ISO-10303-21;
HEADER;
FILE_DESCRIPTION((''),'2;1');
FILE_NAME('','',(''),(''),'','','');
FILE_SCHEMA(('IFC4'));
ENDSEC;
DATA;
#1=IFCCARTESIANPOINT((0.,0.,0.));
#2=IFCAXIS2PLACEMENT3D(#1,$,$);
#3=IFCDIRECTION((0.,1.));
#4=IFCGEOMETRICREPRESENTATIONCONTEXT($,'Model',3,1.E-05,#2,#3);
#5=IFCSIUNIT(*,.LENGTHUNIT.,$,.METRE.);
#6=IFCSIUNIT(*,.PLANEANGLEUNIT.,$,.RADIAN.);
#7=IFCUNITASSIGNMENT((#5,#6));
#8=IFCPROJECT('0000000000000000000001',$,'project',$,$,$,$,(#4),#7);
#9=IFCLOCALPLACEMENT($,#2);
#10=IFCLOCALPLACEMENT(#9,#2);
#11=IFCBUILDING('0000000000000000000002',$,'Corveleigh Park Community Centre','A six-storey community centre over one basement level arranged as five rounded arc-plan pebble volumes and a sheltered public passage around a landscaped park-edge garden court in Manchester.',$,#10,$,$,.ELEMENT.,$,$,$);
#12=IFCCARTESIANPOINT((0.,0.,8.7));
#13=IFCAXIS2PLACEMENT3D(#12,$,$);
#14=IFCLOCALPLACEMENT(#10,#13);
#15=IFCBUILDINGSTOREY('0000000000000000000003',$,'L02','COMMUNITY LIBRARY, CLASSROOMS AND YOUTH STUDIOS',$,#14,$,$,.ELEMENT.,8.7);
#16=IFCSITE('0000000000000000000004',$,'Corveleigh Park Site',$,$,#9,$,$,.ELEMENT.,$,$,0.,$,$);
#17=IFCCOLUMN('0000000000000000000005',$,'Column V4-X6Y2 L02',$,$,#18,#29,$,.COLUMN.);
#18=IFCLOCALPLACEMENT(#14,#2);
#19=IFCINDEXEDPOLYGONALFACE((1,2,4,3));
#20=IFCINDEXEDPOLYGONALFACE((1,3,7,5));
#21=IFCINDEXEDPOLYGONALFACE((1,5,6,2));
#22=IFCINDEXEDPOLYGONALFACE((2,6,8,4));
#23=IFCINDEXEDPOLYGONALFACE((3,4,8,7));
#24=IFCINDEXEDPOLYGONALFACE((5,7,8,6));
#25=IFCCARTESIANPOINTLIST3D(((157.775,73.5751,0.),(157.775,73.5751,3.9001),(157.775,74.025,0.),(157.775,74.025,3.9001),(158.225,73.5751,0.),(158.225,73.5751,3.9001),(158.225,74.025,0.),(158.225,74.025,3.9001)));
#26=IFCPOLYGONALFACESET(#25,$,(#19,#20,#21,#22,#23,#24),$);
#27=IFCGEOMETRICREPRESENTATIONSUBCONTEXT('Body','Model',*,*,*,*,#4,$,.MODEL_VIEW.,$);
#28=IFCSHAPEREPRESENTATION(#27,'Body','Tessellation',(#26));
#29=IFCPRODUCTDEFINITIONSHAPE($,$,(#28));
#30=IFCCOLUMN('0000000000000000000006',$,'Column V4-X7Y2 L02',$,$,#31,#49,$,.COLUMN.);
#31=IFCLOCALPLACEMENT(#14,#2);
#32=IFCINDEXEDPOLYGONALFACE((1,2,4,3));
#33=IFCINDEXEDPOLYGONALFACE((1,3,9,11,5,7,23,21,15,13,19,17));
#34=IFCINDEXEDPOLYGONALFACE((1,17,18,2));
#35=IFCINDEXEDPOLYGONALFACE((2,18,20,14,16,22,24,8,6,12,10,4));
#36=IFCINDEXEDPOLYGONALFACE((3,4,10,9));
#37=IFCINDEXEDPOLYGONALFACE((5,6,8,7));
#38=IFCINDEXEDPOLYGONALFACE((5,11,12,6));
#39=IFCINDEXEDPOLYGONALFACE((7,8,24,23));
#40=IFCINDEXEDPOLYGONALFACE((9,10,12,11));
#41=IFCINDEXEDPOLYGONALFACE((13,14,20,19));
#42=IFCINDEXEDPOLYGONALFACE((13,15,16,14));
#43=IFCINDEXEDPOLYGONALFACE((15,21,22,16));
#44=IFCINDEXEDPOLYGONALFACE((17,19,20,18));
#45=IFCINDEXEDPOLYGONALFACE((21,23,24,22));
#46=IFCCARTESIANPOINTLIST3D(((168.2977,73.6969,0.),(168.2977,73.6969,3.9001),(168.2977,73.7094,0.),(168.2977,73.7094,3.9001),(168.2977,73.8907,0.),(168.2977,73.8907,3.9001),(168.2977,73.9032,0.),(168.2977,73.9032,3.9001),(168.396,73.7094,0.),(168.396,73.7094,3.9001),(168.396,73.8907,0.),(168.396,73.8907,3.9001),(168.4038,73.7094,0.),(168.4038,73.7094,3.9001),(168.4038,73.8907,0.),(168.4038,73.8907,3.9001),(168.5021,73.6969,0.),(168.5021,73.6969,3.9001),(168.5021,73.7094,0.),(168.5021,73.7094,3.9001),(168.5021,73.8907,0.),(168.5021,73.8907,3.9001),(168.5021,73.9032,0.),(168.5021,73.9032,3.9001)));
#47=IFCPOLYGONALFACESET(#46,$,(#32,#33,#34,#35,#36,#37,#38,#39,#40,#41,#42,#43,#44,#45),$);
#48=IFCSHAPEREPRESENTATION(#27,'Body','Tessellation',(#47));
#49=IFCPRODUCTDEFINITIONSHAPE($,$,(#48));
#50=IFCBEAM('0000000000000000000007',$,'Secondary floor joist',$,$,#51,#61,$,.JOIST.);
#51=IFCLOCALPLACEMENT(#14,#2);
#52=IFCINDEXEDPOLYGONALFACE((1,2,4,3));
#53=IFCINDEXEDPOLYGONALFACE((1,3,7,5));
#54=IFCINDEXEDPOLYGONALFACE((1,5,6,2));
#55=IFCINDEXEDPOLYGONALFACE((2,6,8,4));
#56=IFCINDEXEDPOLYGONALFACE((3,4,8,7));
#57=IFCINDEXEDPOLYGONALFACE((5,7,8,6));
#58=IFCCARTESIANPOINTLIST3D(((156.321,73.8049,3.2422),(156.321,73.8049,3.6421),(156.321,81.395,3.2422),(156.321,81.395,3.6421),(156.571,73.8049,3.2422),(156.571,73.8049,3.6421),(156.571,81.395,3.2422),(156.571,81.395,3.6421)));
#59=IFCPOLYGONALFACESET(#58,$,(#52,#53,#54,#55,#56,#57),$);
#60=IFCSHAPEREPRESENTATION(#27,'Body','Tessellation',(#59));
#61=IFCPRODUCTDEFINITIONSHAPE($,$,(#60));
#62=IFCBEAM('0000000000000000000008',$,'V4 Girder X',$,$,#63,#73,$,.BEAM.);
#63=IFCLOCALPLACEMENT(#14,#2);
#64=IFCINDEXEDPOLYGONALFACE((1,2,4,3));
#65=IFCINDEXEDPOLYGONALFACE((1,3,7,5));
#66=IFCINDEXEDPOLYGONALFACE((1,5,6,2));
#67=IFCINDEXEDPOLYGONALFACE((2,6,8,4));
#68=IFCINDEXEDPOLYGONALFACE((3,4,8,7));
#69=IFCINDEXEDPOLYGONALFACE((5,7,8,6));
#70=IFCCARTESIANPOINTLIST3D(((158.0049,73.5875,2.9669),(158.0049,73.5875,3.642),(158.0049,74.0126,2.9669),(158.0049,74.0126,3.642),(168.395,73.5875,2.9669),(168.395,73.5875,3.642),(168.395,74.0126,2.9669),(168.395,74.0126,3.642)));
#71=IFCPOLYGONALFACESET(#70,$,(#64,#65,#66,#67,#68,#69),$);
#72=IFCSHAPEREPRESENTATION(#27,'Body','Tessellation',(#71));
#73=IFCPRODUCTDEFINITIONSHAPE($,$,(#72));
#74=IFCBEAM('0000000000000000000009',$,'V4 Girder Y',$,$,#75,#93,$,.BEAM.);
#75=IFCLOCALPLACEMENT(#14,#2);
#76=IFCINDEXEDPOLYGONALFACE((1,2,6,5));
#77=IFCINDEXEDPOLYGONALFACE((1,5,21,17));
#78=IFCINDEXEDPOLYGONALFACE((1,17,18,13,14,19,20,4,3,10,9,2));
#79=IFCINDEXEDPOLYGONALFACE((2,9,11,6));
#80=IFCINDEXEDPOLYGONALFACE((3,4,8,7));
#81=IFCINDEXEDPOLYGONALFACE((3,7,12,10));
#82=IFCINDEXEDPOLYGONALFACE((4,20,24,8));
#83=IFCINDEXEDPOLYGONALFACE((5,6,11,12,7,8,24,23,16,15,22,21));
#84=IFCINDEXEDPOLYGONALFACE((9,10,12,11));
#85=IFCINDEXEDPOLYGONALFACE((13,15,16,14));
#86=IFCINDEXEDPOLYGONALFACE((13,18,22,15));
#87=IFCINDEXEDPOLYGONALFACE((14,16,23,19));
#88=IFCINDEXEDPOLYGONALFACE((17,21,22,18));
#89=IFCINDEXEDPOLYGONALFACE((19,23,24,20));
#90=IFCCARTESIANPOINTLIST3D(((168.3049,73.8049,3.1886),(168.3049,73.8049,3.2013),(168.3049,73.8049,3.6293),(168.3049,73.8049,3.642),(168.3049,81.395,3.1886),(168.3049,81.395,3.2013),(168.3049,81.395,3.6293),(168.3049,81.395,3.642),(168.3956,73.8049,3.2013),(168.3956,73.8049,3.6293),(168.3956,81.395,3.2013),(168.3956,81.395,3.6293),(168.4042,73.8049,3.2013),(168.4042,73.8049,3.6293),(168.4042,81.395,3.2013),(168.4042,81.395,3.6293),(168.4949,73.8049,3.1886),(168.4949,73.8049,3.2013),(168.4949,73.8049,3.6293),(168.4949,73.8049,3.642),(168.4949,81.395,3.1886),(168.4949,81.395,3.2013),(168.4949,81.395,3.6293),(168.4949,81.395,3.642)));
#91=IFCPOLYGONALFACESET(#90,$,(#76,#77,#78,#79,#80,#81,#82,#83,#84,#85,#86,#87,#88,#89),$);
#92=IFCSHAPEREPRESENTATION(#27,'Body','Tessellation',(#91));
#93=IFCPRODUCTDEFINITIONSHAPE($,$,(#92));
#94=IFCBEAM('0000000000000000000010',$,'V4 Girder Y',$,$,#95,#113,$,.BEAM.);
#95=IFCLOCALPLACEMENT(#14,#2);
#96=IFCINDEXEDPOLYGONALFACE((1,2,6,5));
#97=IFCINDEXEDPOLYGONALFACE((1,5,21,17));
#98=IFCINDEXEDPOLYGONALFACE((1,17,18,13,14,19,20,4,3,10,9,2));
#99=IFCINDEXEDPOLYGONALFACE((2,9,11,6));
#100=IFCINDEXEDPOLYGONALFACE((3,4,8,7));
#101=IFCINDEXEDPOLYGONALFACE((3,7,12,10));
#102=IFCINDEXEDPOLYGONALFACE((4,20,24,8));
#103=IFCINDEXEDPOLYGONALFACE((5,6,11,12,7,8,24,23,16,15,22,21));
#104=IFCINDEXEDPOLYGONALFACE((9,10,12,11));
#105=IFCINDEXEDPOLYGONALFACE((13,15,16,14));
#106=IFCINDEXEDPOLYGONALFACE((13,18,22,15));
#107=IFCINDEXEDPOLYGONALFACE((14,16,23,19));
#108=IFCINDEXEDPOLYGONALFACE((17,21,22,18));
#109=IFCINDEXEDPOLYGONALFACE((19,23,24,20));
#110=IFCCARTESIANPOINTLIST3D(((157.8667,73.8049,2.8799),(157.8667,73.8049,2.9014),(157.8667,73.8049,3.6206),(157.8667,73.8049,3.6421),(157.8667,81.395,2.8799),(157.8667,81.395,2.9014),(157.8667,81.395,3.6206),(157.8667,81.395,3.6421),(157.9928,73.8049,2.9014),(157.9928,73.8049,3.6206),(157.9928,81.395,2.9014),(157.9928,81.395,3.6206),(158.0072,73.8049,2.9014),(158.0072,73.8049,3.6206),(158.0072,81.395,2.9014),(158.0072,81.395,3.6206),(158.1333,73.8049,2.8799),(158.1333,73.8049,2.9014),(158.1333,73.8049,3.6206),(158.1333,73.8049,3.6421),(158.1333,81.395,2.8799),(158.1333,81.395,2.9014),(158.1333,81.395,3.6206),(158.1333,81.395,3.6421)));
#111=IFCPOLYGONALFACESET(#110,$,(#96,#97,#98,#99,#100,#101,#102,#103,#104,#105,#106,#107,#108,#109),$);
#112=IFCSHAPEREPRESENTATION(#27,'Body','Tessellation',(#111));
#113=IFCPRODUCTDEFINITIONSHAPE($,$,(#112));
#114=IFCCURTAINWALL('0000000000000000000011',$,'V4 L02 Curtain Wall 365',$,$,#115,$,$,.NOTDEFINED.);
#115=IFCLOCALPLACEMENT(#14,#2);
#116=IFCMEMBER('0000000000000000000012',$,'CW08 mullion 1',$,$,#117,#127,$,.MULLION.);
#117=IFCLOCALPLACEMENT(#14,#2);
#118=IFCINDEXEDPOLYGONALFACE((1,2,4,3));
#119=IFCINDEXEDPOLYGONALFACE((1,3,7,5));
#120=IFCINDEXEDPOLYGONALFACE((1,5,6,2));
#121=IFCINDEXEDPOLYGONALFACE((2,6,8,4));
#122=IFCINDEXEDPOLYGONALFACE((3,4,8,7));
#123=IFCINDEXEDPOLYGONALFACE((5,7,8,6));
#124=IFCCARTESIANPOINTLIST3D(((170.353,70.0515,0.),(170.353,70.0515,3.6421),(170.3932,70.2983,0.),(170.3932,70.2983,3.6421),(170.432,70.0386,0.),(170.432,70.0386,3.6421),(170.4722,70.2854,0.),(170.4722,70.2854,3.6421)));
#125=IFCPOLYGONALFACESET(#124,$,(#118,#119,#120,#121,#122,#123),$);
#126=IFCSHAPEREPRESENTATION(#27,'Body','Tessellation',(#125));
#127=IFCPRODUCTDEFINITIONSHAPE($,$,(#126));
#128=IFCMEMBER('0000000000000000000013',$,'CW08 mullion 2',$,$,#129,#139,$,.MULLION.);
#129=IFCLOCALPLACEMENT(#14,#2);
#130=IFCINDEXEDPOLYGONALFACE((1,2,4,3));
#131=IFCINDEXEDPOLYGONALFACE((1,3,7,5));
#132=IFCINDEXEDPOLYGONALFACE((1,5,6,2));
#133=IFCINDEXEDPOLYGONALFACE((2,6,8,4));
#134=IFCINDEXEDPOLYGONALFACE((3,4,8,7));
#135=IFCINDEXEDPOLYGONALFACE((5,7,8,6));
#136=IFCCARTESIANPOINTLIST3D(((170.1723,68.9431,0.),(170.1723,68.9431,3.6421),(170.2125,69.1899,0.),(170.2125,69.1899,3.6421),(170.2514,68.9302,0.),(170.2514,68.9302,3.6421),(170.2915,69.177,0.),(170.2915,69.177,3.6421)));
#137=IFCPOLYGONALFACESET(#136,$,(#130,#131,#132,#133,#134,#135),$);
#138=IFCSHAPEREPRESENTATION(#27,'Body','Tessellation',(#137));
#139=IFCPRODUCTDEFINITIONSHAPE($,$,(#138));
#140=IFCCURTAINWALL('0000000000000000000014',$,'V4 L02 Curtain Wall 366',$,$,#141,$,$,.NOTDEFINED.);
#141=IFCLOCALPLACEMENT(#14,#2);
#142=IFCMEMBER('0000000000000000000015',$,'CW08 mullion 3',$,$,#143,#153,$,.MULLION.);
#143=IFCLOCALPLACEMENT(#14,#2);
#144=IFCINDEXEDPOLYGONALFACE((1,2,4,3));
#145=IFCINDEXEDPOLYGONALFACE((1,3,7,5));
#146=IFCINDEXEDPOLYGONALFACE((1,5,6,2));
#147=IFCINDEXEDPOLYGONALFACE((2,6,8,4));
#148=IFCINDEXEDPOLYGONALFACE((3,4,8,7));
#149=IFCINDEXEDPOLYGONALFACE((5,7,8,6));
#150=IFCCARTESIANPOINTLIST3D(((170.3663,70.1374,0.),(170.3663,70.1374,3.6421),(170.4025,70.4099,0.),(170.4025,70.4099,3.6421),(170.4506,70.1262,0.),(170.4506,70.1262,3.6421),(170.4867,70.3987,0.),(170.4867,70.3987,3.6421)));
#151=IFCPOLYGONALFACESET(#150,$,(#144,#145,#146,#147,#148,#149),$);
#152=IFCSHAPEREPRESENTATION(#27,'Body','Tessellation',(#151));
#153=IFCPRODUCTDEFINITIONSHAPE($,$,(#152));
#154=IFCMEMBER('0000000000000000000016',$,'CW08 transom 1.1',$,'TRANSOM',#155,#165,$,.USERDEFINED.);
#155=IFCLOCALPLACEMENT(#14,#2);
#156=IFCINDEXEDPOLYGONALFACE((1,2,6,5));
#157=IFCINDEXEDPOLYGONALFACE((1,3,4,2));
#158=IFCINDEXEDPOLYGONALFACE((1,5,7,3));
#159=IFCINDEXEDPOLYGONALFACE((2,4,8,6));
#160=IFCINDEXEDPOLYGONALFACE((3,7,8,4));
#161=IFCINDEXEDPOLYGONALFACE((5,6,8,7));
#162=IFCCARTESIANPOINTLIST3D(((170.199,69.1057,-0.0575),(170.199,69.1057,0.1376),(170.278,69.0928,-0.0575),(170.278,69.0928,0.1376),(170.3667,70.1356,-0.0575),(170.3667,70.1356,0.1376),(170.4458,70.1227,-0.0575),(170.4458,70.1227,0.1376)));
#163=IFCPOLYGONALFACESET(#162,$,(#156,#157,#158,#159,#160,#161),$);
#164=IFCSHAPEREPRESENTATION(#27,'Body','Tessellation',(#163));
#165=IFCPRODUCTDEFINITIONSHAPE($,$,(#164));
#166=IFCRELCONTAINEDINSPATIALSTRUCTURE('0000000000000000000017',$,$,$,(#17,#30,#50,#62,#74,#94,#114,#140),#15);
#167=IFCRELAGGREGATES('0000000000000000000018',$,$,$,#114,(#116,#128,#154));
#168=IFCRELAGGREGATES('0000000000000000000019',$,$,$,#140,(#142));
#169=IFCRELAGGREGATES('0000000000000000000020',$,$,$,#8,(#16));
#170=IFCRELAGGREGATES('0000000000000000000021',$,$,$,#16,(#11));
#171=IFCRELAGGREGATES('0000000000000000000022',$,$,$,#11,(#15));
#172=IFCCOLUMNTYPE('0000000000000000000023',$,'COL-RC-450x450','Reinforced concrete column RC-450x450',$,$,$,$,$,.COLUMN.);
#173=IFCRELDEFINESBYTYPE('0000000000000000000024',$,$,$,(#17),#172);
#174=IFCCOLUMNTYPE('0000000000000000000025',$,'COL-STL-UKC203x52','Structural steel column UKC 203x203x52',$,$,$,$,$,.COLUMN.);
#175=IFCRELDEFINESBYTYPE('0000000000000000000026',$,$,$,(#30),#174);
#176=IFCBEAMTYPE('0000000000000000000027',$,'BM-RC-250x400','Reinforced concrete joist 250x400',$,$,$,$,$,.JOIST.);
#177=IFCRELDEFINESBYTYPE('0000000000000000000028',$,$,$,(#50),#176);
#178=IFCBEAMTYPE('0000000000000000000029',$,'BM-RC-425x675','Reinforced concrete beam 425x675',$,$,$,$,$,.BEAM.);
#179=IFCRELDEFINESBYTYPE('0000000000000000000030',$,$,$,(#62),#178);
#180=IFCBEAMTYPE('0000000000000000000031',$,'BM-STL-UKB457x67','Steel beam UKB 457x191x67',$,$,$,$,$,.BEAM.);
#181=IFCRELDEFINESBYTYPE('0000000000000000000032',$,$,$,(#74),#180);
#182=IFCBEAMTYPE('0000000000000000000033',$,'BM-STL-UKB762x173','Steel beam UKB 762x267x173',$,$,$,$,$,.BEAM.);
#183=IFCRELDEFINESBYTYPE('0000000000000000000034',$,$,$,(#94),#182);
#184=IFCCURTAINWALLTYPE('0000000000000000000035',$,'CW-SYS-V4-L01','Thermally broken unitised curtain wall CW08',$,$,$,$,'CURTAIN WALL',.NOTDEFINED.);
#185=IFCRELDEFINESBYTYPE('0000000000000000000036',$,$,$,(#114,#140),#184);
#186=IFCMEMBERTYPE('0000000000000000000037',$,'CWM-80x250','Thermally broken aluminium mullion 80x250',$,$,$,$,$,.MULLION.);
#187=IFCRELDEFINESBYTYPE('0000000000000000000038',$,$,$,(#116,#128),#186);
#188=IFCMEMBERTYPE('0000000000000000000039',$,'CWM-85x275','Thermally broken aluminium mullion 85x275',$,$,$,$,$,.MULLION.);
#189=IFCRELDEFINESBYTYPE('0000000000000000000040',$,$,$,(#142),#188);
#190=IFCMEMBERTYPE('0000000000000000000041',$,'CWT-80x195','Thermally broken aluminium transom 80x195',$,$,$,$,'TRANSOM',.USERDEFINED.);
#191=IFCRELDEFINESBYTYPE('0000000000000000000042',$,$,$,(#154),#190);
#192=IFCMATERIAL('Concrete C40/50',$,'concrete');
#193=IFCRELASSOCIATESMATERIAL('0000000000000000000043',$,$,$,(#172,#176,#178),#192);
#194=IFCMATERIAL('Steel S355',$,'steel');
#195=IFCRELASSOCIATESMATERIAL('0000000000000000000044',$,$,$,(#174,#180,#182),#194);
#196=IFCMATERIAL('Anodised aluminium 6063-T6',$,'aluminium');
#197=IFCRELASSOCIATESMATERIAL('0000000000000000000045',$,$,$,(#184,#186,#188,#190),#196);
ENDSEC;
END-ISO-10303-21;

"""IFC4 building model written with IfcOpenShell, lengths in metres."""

from ifc_helpers import new_model, si_unit, direction, frame, origin, origin_2d, place, context, subcontext, project, spatial, rectangle, i_section, extrude, material, material_profile, profile_set, type_object, element, aggregate, save


model = new_model("IFC4")

# Units and contexts
model_context = context("Model", 3, precision=1e-05, world=origin(), true_north=direction((0.0, 1.0)))
body_context = subcontext(model_context, "Body", "Model", "MODEL_VIEW")
ifc_project = project(units=[si_unit("LENGTHUNIT", "METRE"), si_unit("PLANEANGLEUNIT", "RADIAN")], contexts=[model_context])

# Site, building, storey
site_placement = place(None, origin())
site = spatial("IfcSite", under=ifc_project, at=site_placement, Name="Corveleigh Park Site", CompositionType="ELEMENT", RefElevation=0.0)
building_placement = place(site_placement, origin())
building = spatial("IfcBuilding", under=site, at=building_placement, Name="Corveleigh Park Community Centre", Description="A six-storey community centre over one basement level arranged as five rounded arc-plan pebble volumes and a sheltered public passage around a landscaped park-edge garden court in Manchester.", CompositionType="ELEMENT")
storey_placement = place(building_placement, frame((0.0, 0.0, 8.7)))
storey = spatial("IfcBuildingStorey", under=building, at=storey_placement, Name="L02", Description="COMMUNITY LIBRARY, CLASSROOMS AND YOUTH STUDIOS", CompositionType="ELEMENT", Elevation=8.7)

# Columns
ifc_material_1 = material(Name="Concrete C40/50", Category="concrete")
ifc_material_profile_1 = material_profile(ifc_material_1, rectangle(XDim=0.45, YDim=0.45, at=origin_2d()), Name="RC-450x450", Category="concrete")
ifc_profile_set_1 = profile_set([ifc_material_profile_1], Name="Concrete C40/50")
column_type_1 = type_object("IfcColumnType", Name="COL-RC-450x450", Description="Reinforced concrete column RC-450x450", PredefinedType="COLUMN", material=ifc_profile_set_1)
column_1_placement = place(storey_placement, frame((158.0, 73.8, 0.0), z_axis=(0.0, 0.0, 1.0), x_axis=(1.0, 0.0, 0.0)))
element("IfcColumn", 1, at=column_1_placement, inside=storey, type_object=column_type_1, Name="Column V4-X6Y2 L02", PredefinedType="COLUMN", context=body_context, shape_type="SweptSolid", body=[
    extrude(rectangle(XDim=0.45, YDim=0.45, at=origin_2d()), origin(), (0.0, 0.0, 1.0), 3.9001),
])
ifc_material_2 = material(Name="Steel S355", Category="steel")
ifc_material_profile_2 = material_profile(ifc_material_2, i_section(OverallWidth=0.2043, OverallDepth=0.2063, WebThickness=0.0078, FlangeThickness=0.0125, at=origin_2d()), Name="UKC 203x203x52", Category="steel")
ifc_profile_set_2 = profile_set([ifc_material_profile_2], Name="Steel S355")
column_type_2 = type_object("IfcColumnType", Name="COL-STL-UKC203x52", Description="Structural steel column UKC 203x203x52", PredefinedType="COLUMN", material=ifc_profile_set_2)
column_2_placement = place(storey_placement, frame((168.3999, 73.8, 0.0), z_axis=(0.0, 0.0, 1.0), x_axis=(1.0, 0.0, 0.0)))
element("IfcColumn", 2, at=column_2_placement, inside=storey, type_object=column_type_2, Name="Column V4-X7Y2 L02", PredefinedType="COLUMN", context=body_context, shape_type="SweptSolid", body=[
    extrude(i_section(OverallWidth=0.2043, OverallDepth=0.2063, WebThickness=0.0078, FlangeThickness=0.0125, at=origin_2d()), origin(), (0.0, 0.0, 1.0), 3.9001),
])

# Beams
ifc_material_profile_3 = material_profile(ifc_material_1, rectangle(XDim=0.25, YDim=0.3999, at=origin_2d()), Name="RC-250x400", Category="concrete")
ifc_profile_set_3 = profile_set([ifc_material_profile_3], Name="Concrete C40/50")
beam_type_1 = type_object("IfcBeamType", Name="BM-RC-250x400", Description="Reinforced concrete joist 250x400", PredefinedType="JOIST", material=ifc_profile_set_3)
beam_1_placement = place(storey_placement, frame((156.446, 73.8049, 3.4421), z_axis=(0.0, 1.0, 0.0), x_axis=(-1.0, 0.0, 0.0)))
element("IfcBeam", 3, at=beam_1_placement, inside=storey, type_object=beam_type_1, Name="Secondary floor joist", PredefinedType="JOIST", context=body_context, shape_type="SweptSolid", body=[
    extrude(rectangle(XDim=0.25, YDim=0.3999, at=origin_2d()), origin(), (0.0, 0.0, 1.0), 7.5901),
])
ifc_material_profile_4 = material_profile(ifc_material_1, rectangle(XDim=0.425, YDim=0.675, at=origin_2d()), Name="RC-425x675", Category="concrete")
ifc_profile_set_4 = profile_set([ifc_material_profile_4], Name="Concrete C40/50")
beam_type_2 = type_object("IfcBeamType", Name="BM-RC-425x675", Description="Reinforced concrete beam 425x675", PredefinedType="BEAM", material=ifc_profile_set_4)
beam_2_placement = place(storey_placement, frame((158.0049, 73.8, 3.3044), z_axis=(1.0, 0.0, 0.0), x_axis=(0.0, 1.0, 0.0)))
element("IfcBeam", 4, at=beam_2_placement, inside=storey, type_object=beam_type_2, Name="V4 Girder X", PredefinedType="BEAM", context=body_context, shape_type="SweptSolid", body=[
    extrude(rectangle(XDim=0.425, YDim=0.675, at=origin_2d()), origin(), (0.0, 0.0, 1.0), 10.3901),
])
ifc_material_profile_5 = material_profile(ifc_material_2, i_section(OverallWidth=0.1899, OverallDepth=0.4534, WebThickness=0.0085, FlangeThickness=0.0127, at=origin_2d()), Name="UKB 457x191x67", Category="steel")
ifc_profile_set_5 = profile_set([ifc_material_profile_5], Name="Steel S355")
beam_type_3 = type_object("IfcBeamType", Name="BM-STL-UKB457x67", Description="Steel beam UKB 457x191x67", PredefinedType="BEAM", material=ifc_profile_set_5)
beam_3_placement = place(storey_placement, frame((168.3999, 73.8049, 3.4153), z_axis=(0.0, 1.0, 0.0), x_axis=(-1.0, 0.0, 0.0)))
element("IfcBeam", 5, at=beam_3_placement, inside=storey, type_object=beam_type_3, Name="V4 Girder Y", PredefinedType="BEAM", context=body_context, shape_type="SweptSolid", body=[
    extrude(i_section(OverallWidth=0.1899, OverallDepth=0.4534, WebThickness=0.0085, FlangeThickness=0.0127, at=origin_2d()), origin(), (0.0, 0.0, 1.0), 7.5901),
])
ifc_material_profile_6 = material_profile(ifc_material_2, i_section(OverallWidth=0.2666, OverallDepth=0.7622, WebThickness=0.0144, FlangeThickness=0.0215, at=origin_2d()), Name="UKB 762x267x173", Category="steel")
ifc_profile_set_6 = profile_set([ifc_material_profile_6], Name="Steel S355")
beam_type_4 = type_object("IfcBeamType", Name="BM-STL-UKB762x173", Description="Steel beam UKB 762x267x173", PredefinedType="BEAM", material=ifc_profile_set_6)
beam_4_placement = place(storey_placement, frame((158.0, 73.8049, 3.261), z_axis=(0.0, 1.0, 0.0), x_axis=(-1.0, 0.0, 0.0)))
element("IfcBeam", 6, at=beam_4_placement, inside=storey, type_object=beam_type_4, Name="V4 Girder Y", PredefinedType="BEAM", context=body_context, shape_type="SweptSolid", body=[
    extrude(i_section(OverallWidth=0.2666, OverallDepth=0.7622, WebThickness=0.0144, FlangeThickness=0.0215, at=origin_2d()), origin(), (0.0, 0.0, 1.0), 7.5901),
])

# Curtain wall, members
ifc_material_3 = material(Name="Anodised aluminium 6063-T6", Category="aluminium")
curtain_wall_type = type_object("IfcCurtainWallType", Name="CW-SYS-V4-L01", Description="Thermally broken unitised curtain wall CW08", ElementType="CURTAIN WALL", PredefinedType="NOTDEFINED", material=ifc_material_3)
curtain_wall_1_placement = place(storey_placement, origin())
curtain_wall_1 = element("IfcCurtainWall", 7, at=curtain_wall_1_placement, inside=storey, type_object=curtain_wall_type, Name="V4 L02 Curtain Wall 365", PredefinedType="NOTDEFINED")
ifc_material_profile_7 = material_profile(ifc_material_3, rectangle(XDim=0.0801, YDim=0.25, at=origin_2d()), Name="ALU-M80x250", Category="aluminium")
ifc_profile_set_7 = profile_set([ifc_material_profile_7], Name="Anodised aluminium 6063-T6")
member_type_1 = type_object("IfcMemberType", Name="CWM-80x250", Description="Thermally broken aluminium mullion 80x250", PredefinedType="MULLION", material=ifc_profile_set_7)
member_1_placement = place(storey_placement, frame((170.4126, 70.1685, 0.0), z_axis=(0.0, 0.0, 1.0), x_axis=(0.986991, -0.160773, 0.0)))
member_1 = element("IfcMember", 8, at=member_1_placement, type_object=member_type_1, Name="CW08 mullion 1", PredefinedType="MULLION", context=body_context, shape_type="SweptSolid", body=[
    extrude(rectangle(XDim=0.0801, YDim=0.25, at=origin_2d()), origin(), (0.0, 0.0, 1.0), 3.6421),
])
member_2_placement = place(storey_placement, frame((170.2319, 69.0601, 0.0), z_axis=(0.0, 0.0, 1.0), x_axis=(0.986991, -0.160773, 0.0)))
member_2 = element("IfcMember", 9, at=member_2_placement, type_object=member_type_1, Name="CW08 mullion 2", PredefinedType="MULLION", context=body_context, shape_type="SweptSolid", body=[
    extrude(rectangle(XDim=0.0801, YDim=0.25, at=origin_2d()), origin(), (0.0, 0.0, 1.0), 3.6421),
])

# Curtain wall, member
curtain_wall_2_placement = place(storey_placement, origin())
curtain_wall_2 = element("IfcCurtainWall", 10, at=curtain_wall_2_placement, inside=storey, type_object=curtain_wall_type, Name="V4 L02 Curtain Wall 366", PredefinedType="NOTDEFINED")
ifc_material_profile_8 = material_profile(ifc_material_3, rectangle(XDim=0.085, YDim=0.2749, at=origin_2d()), Name="ALU-M85x275", Category="aluminium")
ifc_profile_set_8 = profile_set([ifc_material_profile_8], Name="Anodised aluminium 6063-T6")
member_type_2 = type_object("IfcMemberType", Name="CWM-85x275", Description="Thermally broken aluminium mullion 85x275", PredefinedType="MULLION", material=ifc_profile_set_8)
member_3_placement = place(storey_placement, frame((170.4265, 70.2681, 0.0), z_axis=(0.0, 0.0, 1.0), x_axis=(0.991318, -0.131488, 0.0)))
member_3 = element("IfcMember", 11, at=member_3_placement, type_object=member_type_2, Name="CW08 mullion 3", PredefinedType="MULLION", context=body_context, shape_type="SweptSolid", body=[
    extrude(rectangle(XDim=0.085, YDim=0.2749, at=origin_2d()), origin(), (0.0, 0.0, 1.0), 3.6421),
])

# Member
ifc_material_profile_9 = material_profile(ifc_material_3, rectangle(XDim=0.0801, YDim=0.1951, at=origin_2d()), Name="ALU-T80x195", Category="aluminium")
ifc_profile_set_9 = profile_set([ifc_material_profile_9], Name="Anodised aluminium 6063-T6")
member_type_3 = type_object("IfcMemberType", Name="CWT-80x195", Description="Thermally broken aluminium transom 80x195", ElementType="TRANSOM", PredefinedType="USERDEFINED", material=ifc_profile_set_9)
member_4_placement = place(storey_placement, frame((170.4062, 70.1292, 0.04), z_axis=(-0.160755, -0.986994, 0.0), x_axis=(0.986994, -0.160755, 0.0)))
member_4 = element("IfcMember", 12, at=member_4_placement, type_object=member_type_3, Name="CW08 transom 1.1", ObjectType="TRANSOM", PredefinedType="USERDEFINED", context=body_context, shape_type="SweptSolid", body=[
    extrude(rectangle(XDim=0.0801, YDim=0.1951, at=origin_2d()), origin(), (0.0, 0.0, 1.0), 1.0435),
])

aggregate(curtain_wall_1, [member_1, member_2, member_4])
aggregate(curtain_wall_2, [member_3])

save(model, "model.ifc")
